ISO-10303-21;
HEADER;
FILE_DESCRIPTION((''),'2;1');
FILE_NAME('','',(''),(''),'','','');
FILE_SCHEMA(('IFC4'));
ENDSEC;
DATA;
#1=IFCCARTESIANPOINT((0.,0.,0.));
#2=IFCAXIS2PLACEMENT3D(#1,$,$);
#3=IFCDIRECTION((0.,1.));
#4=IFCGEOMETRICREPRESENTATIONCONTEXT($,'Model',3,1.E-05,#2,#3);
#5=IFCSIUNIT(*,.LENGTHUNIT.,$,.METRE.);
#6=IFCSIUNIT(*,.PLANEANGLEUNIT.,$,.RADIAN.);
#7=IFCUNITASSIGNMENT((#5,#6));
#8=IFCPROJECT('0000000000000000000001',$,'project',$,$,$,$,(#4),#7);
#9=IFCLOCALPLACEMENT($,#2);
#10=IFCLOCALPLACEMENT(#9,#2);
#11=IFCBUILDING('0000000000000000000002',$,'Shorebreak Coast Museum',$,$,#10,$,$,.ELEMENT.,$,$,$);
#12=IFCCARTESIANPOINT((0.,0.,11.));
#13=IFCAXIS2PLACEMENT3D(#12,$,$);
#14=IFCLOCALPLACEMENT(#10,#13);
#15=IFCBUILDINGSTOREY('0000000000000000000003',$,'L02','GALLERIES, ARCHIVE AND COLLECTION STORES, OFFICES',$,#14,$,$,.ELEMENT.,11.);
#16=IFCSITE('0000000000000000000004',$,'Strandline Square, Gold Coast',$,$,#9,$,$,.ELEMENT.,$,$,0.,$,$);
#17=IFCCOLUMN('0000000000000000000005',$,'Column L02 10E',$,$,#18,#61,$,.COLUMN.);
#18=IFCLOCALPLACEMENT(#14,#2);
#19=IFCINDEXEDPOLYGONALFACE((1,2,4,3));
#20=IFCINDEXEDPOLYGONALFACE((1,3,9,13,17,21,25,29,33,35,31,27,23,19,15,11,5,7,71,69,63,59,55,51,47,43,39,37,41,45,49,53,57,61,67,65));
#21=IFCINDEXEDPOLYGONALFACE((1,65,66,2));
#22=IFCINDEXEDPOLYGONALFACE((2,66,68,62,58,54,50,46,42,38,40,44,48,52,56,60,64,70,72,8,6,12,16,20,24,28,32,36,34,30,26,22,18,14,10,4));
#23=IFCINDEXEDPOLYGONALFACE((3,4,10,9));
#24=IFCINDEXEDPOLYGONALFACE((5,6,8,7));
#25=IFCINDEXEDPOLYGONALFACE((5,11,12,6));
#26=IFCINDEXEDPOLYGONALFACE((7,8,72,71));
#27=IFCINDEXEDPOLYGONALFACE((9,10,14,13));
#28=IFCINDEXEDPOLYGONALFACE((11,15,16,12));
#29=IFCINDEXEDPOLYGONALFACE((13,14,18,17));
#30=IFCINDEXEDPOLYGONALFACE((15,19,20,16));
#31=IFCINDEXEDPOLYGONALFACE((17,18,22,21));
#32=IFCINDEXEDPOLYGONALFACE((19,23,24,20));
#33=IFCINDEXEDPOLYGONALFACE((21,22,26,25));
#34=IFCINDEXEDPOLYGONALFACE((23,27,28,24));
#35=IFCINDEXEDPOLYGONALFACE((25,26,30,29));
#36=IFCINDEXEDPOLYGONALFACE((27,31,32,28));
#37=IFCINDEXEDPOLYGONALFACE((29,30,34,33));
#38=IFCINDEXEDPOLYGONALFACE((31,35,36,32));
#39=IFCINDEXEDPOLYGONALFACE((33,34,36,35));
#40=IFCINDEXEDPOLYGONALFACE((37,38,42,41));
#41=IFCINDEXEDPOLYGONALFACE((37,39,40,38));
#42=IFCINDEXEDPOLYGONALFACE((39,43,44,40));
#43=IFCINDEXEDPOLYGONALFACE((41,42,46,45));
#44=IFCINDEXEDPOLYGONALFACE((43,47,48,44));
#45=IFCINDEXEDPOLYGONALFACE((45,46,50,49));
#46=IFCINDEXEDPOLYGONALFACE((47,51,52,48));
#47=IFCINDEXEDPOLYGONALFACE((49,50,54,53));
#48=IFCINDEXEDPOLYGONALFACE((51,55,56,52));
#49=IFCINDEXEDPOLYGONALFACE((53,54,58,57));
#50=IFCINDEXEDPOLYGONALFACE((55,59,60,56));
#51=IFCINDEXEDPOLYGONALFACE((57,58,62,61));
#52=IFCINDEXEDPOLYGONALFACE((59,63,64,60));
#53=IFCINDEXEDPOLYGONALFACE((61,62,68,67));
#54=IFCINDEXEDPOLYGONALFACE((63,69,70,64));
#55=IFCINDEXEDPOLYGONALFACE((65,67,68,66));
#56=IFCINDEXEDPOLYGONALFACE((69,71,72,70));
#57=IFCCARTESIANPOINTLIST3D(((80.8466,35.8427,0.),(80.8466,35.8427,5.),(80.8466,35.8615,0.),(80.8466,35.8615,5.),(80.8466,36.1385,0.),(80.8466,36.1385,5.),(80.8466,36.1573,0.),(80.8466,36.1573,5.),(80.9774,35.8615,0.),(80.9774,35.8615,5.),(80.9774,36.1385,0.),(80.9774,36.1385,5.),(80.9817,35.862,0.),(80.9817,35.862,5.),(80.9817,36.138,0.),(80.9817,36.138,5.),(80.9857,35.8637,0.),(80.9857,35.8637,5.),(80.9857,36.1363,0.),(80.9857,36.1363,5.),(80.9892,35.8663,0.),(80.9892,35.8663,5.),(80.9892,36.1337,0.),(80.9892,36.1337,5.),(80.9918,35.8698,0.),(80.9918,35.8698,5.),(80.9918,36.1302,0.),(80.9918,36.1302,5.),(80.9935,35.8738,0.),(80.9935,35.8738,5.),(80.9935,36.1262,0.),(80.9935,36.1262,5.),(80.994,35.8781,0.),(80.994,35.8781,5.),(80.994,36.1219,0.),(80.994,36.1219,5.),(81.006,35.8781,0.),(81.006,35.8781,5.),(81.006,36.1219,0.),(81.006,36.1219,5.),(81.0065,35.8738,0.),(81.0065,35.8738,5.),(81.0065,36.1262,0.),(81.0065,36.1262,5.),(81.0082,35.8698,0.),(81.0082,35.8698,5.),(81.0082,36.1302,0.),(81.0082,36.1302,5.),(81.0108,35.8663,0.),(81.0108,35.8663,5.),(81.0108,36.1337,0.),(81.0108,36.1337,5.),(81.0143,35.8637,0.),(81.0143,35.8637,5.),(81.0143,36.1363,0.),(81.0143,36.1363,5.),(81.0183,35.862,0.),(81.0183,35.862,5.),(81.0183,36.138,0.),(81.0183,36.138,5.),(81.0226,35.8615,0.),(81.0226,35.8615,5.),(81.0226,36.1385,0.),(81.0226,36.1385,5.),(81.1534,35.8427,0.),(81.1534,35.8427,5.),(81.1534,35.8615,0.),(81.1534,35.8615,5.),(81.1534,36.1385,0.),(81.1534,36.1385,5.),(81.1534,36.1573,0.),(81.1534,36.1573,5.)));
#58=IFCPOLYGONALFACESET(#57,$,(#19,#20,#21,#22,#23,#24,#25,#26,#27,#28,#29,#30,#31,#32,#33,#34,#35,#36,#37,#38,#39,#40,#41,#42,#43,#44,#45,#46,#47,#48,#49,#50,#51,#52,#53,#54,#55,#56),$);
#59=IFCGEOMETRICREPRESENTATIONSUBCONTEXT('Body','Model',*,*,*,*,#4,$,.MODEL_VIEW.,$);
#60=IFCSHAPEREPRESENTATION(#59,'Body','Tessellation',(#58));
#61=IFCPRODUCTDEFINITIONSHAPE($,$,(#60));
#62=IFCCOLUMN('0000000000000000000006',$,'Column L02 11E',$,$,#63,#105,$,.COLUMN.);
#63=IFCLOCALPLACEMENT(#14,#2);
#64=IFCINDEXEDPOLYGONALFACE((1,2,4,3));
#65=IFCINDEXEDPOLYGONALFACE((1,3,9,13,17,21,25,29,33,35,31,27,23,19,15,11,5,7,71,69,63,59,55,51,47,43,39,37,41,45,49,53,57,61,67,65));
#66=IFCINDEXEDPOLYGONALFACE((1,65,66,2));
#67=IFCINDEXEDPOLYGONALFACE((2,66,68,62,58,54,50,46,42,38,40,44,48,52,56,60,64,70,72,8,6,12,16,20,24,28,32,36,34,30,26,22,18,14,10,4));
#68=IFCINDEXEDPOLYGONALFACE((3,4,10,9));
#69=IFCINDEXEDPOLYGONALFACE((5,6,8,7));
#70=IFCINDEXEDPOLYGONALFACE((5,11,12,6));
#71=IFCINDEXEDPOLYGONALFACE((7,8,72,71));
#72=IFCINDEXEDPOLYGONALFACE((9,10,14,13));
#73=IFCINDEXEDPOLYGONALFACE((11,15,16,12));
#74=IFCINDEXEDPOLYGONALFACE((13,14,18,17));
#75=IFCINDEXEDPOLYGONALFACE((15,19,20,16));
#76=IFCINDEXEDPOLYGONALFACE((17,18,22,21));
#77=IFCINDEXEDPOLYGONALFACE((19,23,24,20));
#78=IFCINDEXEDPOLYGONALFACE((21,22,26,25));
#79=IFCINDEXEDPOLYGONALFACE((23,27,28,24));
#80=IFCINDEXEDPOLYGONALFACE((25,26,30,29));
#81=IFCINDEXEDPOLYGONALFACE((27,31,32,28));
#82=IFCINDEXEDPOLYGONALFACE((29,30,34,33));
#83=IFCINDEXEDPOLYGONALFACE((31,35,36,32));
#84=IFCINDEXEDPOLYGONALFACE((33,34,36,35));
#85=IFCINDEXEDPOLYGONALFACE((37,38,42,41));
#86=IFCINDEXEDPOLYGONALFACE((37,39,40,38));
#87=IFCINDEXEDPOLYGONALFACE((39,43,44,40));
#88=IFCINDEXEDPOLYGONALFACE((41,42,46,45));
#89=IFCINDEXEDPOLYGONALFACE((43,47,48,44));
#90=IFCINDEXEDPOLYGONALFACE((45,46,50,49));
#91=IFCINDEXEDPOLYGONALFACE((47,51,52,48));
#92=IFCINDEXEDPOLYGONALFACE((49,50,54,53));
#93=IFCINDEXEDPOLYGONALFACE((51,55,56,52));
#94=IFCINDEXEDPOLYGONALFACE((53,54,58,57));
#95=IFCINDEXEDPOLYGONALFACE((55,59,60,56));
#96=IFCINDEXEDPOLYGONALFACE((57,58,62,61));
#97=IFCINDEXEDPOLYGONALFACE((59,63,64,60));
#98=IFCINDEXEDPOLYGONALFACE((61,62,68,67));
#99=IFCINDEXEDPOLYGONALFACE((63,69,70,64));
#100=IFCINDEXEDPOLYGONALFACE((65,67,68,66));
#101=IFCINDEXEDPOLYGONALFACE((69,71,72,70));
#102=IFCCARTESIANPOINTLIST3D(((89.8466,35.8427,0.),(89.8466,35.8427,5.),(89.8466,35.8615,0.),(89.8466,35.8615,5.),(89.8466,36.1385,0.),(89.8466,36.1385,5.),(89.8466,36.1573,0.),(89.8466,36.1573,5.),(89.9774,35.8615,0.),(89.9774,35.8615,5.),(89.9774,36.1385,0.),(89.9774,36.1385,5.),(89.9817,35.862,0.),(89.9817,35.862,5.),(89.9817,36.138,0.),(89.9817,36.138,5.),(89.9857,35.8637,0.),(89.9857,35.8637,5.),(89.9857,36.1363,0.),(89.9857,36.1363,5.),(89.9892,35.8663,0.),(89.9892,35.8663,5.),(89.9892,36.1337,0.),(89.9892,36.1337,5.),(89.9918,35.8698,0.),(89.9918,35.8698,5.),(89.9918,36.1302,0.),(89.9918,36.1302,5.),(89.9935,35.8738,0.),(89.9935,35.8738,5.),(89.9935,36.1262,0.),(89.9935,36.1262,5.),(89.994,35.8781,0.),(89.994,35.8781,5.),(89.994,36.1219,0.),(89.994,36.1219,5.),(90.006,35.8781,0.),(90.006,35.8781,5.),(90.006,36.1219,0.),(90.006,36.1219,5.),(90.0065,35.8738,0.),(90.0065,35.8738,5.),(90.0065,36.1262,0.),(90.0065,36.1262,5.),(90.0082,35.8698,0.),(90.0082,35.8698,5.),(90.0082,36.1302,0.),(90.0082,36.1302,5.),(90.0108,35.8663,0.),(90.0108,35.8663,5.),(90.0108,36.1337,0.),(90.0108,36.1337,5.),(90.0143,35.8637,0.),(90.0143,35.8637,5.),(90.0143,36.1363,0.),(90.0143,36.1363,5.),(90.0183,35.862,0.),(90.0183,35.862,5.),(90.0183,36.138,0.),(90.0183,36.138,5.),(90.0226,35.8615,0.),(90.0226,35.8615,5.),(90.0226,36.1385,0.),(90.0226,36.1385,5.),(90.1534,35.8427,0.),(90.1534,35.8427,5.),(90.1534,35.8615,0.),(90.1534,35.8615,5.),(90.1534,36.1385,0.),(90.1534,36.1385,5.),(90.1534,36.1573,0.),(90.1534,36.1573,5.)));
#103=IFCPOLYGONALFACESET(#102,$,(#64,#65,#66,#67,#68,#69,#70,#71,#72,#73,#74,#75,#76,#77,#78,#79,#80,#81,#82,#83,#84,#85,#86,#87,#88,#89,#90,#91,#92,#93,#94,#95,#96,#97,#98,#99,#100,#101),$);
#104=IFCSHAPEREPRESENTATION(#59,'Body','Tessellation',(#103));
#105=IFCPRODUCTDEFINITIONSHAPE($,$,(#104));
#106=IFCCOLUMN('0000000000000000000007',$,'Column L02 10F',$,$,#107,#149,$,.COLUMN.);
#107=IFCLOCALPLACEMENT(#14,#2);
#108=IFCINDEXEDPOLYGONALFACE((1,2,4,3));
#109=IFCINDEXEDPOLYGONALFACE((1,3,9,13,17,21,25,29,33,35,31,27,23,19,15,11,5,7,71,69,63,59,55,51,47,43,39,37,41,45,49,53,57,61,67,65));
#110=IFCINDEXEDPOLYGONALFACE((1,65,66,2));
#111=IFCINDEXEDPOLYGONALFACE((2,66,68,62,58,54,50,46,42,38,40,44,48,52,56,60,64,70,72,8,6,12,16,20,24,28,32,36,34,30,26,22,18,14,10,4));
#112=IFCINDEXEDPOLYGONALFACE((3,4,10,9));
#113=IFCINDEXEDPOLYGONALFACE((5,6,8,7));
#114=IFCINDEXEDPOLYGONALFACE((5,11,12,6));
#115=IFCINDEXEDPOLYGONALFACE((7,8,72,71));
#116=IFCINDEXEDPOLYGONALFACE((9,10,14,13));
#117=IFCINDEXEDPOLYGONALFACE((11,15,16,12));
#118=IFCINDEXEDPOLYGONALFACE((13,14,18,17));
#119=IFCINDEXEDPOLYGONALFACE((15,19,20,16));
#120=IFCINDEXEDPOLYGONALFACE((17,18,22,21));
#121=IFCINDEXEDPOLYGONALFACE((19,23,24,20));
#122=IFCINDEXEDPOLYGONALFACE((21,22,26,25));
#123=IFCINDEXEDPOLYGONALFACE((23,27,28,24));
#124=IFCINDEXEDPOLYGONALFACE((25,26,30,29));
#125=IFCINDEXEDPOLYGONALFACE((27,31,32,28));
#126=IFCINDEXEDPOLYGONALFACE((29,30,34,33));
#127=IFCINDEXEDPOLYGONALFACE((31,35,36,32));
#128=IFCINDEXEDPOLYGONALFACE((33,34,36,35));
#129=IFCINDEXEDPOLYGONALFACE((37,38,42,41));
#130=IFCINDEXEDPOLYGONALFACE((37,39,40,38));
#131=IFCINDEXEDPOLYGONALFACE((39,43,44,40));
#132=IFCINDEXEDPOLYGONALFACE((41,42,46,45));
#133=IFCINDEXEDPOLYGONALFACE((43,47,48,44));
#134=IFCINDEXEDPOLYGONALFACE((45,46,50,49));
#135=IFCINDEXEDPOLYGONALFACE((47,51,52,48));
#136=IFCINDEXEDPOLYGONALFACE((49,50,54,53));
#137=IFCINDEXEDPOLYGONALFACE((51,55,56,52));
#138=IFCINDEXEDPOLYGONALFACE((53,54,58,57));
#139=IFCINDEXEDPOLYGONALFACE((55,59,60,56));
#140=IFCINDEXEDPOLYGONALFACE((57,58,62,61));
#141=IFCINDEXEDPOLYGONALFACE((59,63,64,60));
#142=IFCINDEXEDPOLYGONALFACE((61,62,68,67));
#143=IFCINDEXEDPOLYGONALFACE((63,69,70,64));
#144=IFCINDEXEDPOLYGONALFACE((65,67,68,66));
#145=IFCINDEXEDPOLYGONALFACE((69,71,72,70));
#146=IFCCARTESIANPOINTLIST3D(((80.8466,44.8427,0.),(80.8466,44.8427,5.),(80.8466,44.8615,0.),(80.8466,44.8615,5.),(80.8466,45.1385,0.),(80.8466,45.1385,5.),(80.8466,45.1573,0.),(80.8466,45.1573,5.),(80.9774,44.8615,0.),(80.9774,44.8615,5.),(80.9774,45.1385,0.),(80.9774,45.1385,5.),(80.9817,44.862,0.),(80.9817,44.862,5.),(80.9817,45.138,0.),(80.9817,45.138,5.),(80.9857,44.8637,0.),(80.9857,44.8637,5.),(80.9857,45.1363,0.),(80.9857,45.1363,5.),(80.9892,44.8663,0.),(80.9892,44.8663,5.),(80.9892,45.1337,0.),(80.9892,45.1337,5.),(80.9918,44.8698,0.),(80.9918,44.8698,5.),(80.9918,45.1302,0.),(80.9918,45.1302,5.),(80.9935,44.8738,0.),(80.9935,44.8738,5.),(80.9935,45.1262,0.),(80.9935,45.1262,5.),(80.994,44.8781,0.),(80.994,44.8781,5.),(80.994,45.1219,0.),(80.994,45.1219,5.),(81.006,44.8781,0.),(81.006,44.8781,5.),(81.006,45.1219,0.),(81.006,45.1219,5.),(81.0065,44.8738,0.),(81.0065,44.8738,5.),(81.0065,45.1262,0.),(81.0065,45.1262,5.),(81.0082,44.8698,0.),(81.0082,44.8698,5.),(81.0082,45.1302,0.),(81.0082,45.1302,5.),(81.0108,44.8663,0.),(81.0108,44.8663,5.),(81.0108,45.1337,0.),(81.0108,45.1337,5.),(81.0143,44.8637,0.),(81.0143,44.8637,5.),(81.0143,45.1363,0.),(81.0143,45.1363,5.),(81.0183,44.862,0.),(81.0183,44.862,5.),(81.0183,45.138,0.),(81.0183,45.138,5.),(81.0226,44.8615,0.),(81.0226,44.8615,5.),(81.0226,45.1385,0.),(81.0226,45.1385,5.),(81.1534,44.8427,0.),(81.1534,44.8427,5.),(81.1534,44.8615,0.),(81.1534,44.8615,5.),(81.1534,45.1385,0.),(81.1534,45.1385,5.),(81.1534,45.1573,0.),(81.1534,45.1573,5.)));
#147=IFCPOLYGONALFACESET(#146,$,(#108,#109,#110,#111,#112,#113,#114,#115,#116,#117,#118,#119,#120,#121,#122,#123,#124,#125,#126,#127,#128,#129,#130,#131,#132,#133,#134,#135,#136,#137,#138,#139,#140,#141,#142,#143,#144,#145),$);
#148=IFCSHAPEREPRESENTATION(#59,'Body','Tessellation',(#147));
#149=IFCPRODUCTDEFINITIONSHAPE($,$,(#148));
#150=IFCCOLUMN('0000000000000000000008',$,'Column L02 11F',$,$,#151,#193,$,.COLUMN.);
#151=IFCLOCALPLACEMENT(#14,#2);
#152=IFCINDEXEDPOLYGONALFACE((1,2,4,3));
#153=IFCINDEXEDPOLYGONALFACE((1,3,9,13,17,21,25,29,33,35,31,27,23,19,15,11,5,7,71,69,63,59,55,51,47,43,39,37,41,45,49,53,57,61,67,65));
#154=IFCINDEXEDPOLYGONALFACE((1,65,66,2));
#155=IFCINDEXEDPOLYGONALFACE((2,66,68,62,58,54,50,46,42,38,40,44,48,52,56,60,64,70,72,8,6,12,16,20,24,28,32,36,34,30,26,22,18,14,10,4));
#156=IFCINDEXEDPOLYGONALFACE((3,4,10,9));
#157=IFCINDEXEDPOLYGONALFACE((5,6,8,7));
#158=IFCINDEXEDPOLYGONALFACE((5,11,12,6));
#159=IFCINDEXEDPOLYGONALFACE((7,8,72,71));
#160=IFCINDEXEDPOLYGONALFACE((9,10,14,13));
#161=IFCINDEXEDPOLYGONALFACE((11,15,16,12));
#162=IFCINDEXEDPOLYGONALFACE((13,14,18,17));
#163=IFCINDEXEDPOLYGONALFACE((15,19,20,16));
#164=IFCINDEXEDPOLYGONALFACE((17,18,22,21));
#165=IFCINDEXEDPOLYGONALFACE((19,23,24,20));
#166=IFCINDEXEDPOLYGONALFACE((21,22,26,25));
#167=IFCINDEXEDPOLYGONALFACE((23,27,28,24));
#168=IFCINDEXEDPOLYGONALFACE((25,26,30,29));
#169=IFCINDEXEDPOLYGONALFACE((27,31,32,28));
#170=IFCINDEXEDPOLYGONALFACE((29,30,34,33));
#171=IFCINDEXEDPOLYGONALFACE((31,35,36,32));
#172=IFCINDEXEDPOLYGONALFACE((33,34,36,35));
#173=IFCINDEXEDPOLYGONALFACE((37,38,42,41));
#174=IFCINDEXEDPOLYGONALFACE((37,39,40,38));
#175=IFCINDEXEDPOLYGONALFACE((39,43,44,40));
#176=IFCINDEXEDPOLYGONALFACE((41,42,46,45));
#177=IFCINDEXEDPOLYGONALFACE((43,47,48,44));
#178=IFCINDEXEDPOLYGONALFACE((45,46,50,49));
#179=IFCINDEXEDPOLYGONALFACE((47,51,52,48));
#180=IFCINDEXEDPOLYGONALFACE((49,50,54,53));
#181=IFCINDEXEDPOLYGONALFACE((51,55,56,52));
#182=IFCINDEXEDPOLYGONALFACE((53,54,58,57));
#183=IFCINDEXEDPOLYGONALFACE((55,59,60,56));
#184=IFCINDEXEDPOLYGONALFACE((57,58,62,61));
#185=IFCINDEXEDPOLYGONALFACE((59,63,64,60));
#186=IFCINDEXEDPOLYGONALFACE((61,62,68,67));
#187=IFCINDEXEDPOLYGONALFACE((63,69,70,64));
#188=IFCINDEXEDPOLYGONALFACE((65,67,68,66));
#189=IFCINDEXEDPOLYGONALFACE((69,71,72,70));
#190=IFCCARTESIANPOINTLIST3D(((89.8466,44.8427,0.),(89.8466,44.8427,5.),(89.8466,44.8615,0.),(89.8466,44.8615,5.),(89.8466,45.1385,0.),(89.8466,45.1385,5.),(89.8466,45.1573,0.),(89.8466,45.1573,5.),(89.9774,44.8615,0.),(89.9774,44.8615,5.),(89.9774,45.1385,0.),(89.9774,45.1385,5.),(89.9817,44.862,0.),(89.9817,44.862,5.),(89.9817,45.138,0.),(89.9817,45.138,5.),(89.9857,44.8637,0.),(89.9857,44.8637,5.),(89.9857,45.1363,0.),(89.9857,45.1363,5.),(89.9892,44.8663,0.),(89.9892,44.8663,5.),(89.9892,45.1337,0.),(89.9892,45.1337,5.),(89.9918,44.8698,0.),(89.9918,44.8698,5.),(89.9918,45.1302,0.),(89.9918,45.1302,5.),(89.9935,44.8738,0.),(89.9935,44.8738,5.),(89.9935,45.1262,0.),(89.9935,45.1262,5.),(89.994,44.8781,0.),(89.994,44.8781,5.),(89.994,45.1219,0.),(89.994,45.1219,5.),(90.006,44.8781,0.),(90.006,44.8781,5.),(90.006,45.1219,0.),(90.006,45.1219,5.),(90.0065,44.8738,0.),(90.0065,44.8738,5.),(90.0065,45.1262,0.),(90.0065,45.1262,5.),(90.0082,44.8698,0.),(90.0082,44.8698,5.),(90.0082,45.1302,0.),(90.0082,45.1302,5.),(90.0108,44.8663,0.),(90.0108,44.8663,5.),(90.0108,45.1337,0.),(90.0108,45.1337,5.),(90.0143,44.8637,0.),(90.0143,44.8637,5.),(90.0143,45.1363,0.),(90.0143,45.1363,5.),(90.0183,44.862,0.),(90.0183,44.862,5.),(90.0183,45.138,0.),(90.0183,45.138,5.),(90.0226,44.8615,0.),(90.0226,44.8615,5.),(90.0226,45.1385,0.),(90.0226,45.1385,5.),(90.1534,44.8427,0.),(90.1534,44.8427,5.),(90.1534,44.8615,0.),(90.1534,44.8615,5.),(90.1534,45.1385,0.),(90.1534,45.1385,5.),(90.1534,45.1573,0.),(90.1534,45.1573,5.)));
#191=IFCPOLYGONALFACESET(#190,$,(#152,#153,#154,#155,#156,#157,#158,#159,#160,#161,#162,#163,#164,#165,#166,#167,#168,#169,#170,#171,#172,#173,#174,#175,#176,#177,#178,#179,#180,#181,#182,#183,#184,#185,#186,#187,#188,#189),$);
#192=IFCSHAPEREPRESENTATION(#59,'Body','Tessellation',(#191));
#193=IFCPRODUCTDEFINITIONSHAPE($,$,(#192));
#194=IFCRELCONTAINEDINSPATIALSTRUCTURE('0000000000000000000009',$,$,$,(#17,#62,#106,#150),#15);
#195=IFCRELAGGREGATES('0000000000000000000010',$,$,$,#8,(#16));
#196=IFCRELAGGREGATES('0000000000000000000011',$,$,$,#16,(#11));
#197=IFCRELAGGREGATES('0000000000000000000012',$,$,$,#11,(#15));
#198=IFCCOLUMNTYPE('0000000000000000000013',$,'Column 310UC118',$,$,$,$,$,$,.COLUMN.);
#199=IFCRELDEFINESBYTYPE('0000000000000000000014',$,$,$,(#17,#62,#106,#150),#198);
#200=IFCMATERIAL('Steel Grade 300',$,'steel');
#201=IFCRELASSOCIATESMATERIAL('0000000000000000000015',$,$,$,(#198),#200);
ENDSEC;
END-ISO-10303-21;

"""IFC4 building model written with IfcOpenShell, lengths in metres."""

from ifc_helpers import new_model, si_unit, direction, frame, origin, origin_2d, place, context, subcontext, project, spatial, i_section, extrude, material, material_profile, profile_set, type_object, element, save


model = new_model("IFC4")

# Units and contexts
model_context = context("Model", 3, precision=1e-05, world=origin(), true_north=direction((0.0, 1.0)))
body_context = subcontext(model_context, "Body", "Model", "MODEL_VIEW")
ifc_project = project(units=[si_unit("LENGTHUNIT", "METRE"), si_unit("PLANEANGLEUNIT", "RADIAN")], contexts=[model_context])

# Site, building, storey
site_placement = place(None, origin())
site = spatial("IfcSite", under=ifc_project, at=site_placement, Name="Strandline Square, Gold Coast", CompositionType="ELEMENT", RefElevation=0.0)
building_placement = place(site_placement, origin())
building = spatial("IfcBuilding", under=site, at=building_placement, Name="Shorebreak Coast Museum", CompositionType="ELEMENT")
storey_placement = place(building_placement, frame((0.0, 0.0, 11.0)))
storey = spatial("IfcBuildingStorey", under=building, at=storey_placement, Name="L02", Description="GALLERIES, ARCHIVE AND COLLECTION STORES, OFFICES", CompositionType="ELEMENT", Elevation=11.0)

# Columns
ifc_material_1 = material(Name="Steel Grade 300", Category="steel")
ifc_material_profile_1 = material_profile(ifc_material_1, i_section(OverallWidth=0.3069, OverallDepth=0.3147, WebThickness=0.012, FlangeThickness=0.0188, FilletRadius=0.0166, at=origin_2d()), Name="310UC118")
ifc_profile_set_1 = profile_set([ifc_material_profile_1], Name="Steel Grade 300")
column_type = type_object("IfcColumnType", Name="Column 310UC118", PredefinedType="COLUMN", material=ifc_profile_set_1)
for number, where, z_axis, x_axis, name in (
    (1, (81.0, 36.0, 0.0), (0.0, 0.0, 1.0), (1.0, 0.0, 0.0), "Column L02 10E"),
    (2, (90.0, 36.0, 0.0), (0.0, 0.0, 1.0), (1.0, 0.0, 0.0), "Column L02 11E"),
    (3, (81.0, 45.0, 0.0), (0.0, 0.0, 1.0), (1.0, 0.0, 0.0), "Column L02 10F"),
    (4, (90.0, 45.0, 0.0), (0.0, 0.0, 1.0), (1.0, 0.0, 0.0), "Column L02 11F"),
):
    element("IfcColumn", number, at=place(storey_placement, frame(where, z_axis=z_axis, x_axis=x_axis)), inside=storey, type_object=column_type, Name=name, PredefinedType="COLUMN", context=body_context, shape_type="SweptSolid", body=[
        extrude(i_section(OverallWidth=0.3069, OverallDepth=0.3147, WebThickness=0.012, FlangeThickness=0.0188, FilletRadius=0.0166, at=origin_2d()), origin(), (0.0, 0.0, 1.0), 5.0),
    ])

save(model, "model.ifc")
